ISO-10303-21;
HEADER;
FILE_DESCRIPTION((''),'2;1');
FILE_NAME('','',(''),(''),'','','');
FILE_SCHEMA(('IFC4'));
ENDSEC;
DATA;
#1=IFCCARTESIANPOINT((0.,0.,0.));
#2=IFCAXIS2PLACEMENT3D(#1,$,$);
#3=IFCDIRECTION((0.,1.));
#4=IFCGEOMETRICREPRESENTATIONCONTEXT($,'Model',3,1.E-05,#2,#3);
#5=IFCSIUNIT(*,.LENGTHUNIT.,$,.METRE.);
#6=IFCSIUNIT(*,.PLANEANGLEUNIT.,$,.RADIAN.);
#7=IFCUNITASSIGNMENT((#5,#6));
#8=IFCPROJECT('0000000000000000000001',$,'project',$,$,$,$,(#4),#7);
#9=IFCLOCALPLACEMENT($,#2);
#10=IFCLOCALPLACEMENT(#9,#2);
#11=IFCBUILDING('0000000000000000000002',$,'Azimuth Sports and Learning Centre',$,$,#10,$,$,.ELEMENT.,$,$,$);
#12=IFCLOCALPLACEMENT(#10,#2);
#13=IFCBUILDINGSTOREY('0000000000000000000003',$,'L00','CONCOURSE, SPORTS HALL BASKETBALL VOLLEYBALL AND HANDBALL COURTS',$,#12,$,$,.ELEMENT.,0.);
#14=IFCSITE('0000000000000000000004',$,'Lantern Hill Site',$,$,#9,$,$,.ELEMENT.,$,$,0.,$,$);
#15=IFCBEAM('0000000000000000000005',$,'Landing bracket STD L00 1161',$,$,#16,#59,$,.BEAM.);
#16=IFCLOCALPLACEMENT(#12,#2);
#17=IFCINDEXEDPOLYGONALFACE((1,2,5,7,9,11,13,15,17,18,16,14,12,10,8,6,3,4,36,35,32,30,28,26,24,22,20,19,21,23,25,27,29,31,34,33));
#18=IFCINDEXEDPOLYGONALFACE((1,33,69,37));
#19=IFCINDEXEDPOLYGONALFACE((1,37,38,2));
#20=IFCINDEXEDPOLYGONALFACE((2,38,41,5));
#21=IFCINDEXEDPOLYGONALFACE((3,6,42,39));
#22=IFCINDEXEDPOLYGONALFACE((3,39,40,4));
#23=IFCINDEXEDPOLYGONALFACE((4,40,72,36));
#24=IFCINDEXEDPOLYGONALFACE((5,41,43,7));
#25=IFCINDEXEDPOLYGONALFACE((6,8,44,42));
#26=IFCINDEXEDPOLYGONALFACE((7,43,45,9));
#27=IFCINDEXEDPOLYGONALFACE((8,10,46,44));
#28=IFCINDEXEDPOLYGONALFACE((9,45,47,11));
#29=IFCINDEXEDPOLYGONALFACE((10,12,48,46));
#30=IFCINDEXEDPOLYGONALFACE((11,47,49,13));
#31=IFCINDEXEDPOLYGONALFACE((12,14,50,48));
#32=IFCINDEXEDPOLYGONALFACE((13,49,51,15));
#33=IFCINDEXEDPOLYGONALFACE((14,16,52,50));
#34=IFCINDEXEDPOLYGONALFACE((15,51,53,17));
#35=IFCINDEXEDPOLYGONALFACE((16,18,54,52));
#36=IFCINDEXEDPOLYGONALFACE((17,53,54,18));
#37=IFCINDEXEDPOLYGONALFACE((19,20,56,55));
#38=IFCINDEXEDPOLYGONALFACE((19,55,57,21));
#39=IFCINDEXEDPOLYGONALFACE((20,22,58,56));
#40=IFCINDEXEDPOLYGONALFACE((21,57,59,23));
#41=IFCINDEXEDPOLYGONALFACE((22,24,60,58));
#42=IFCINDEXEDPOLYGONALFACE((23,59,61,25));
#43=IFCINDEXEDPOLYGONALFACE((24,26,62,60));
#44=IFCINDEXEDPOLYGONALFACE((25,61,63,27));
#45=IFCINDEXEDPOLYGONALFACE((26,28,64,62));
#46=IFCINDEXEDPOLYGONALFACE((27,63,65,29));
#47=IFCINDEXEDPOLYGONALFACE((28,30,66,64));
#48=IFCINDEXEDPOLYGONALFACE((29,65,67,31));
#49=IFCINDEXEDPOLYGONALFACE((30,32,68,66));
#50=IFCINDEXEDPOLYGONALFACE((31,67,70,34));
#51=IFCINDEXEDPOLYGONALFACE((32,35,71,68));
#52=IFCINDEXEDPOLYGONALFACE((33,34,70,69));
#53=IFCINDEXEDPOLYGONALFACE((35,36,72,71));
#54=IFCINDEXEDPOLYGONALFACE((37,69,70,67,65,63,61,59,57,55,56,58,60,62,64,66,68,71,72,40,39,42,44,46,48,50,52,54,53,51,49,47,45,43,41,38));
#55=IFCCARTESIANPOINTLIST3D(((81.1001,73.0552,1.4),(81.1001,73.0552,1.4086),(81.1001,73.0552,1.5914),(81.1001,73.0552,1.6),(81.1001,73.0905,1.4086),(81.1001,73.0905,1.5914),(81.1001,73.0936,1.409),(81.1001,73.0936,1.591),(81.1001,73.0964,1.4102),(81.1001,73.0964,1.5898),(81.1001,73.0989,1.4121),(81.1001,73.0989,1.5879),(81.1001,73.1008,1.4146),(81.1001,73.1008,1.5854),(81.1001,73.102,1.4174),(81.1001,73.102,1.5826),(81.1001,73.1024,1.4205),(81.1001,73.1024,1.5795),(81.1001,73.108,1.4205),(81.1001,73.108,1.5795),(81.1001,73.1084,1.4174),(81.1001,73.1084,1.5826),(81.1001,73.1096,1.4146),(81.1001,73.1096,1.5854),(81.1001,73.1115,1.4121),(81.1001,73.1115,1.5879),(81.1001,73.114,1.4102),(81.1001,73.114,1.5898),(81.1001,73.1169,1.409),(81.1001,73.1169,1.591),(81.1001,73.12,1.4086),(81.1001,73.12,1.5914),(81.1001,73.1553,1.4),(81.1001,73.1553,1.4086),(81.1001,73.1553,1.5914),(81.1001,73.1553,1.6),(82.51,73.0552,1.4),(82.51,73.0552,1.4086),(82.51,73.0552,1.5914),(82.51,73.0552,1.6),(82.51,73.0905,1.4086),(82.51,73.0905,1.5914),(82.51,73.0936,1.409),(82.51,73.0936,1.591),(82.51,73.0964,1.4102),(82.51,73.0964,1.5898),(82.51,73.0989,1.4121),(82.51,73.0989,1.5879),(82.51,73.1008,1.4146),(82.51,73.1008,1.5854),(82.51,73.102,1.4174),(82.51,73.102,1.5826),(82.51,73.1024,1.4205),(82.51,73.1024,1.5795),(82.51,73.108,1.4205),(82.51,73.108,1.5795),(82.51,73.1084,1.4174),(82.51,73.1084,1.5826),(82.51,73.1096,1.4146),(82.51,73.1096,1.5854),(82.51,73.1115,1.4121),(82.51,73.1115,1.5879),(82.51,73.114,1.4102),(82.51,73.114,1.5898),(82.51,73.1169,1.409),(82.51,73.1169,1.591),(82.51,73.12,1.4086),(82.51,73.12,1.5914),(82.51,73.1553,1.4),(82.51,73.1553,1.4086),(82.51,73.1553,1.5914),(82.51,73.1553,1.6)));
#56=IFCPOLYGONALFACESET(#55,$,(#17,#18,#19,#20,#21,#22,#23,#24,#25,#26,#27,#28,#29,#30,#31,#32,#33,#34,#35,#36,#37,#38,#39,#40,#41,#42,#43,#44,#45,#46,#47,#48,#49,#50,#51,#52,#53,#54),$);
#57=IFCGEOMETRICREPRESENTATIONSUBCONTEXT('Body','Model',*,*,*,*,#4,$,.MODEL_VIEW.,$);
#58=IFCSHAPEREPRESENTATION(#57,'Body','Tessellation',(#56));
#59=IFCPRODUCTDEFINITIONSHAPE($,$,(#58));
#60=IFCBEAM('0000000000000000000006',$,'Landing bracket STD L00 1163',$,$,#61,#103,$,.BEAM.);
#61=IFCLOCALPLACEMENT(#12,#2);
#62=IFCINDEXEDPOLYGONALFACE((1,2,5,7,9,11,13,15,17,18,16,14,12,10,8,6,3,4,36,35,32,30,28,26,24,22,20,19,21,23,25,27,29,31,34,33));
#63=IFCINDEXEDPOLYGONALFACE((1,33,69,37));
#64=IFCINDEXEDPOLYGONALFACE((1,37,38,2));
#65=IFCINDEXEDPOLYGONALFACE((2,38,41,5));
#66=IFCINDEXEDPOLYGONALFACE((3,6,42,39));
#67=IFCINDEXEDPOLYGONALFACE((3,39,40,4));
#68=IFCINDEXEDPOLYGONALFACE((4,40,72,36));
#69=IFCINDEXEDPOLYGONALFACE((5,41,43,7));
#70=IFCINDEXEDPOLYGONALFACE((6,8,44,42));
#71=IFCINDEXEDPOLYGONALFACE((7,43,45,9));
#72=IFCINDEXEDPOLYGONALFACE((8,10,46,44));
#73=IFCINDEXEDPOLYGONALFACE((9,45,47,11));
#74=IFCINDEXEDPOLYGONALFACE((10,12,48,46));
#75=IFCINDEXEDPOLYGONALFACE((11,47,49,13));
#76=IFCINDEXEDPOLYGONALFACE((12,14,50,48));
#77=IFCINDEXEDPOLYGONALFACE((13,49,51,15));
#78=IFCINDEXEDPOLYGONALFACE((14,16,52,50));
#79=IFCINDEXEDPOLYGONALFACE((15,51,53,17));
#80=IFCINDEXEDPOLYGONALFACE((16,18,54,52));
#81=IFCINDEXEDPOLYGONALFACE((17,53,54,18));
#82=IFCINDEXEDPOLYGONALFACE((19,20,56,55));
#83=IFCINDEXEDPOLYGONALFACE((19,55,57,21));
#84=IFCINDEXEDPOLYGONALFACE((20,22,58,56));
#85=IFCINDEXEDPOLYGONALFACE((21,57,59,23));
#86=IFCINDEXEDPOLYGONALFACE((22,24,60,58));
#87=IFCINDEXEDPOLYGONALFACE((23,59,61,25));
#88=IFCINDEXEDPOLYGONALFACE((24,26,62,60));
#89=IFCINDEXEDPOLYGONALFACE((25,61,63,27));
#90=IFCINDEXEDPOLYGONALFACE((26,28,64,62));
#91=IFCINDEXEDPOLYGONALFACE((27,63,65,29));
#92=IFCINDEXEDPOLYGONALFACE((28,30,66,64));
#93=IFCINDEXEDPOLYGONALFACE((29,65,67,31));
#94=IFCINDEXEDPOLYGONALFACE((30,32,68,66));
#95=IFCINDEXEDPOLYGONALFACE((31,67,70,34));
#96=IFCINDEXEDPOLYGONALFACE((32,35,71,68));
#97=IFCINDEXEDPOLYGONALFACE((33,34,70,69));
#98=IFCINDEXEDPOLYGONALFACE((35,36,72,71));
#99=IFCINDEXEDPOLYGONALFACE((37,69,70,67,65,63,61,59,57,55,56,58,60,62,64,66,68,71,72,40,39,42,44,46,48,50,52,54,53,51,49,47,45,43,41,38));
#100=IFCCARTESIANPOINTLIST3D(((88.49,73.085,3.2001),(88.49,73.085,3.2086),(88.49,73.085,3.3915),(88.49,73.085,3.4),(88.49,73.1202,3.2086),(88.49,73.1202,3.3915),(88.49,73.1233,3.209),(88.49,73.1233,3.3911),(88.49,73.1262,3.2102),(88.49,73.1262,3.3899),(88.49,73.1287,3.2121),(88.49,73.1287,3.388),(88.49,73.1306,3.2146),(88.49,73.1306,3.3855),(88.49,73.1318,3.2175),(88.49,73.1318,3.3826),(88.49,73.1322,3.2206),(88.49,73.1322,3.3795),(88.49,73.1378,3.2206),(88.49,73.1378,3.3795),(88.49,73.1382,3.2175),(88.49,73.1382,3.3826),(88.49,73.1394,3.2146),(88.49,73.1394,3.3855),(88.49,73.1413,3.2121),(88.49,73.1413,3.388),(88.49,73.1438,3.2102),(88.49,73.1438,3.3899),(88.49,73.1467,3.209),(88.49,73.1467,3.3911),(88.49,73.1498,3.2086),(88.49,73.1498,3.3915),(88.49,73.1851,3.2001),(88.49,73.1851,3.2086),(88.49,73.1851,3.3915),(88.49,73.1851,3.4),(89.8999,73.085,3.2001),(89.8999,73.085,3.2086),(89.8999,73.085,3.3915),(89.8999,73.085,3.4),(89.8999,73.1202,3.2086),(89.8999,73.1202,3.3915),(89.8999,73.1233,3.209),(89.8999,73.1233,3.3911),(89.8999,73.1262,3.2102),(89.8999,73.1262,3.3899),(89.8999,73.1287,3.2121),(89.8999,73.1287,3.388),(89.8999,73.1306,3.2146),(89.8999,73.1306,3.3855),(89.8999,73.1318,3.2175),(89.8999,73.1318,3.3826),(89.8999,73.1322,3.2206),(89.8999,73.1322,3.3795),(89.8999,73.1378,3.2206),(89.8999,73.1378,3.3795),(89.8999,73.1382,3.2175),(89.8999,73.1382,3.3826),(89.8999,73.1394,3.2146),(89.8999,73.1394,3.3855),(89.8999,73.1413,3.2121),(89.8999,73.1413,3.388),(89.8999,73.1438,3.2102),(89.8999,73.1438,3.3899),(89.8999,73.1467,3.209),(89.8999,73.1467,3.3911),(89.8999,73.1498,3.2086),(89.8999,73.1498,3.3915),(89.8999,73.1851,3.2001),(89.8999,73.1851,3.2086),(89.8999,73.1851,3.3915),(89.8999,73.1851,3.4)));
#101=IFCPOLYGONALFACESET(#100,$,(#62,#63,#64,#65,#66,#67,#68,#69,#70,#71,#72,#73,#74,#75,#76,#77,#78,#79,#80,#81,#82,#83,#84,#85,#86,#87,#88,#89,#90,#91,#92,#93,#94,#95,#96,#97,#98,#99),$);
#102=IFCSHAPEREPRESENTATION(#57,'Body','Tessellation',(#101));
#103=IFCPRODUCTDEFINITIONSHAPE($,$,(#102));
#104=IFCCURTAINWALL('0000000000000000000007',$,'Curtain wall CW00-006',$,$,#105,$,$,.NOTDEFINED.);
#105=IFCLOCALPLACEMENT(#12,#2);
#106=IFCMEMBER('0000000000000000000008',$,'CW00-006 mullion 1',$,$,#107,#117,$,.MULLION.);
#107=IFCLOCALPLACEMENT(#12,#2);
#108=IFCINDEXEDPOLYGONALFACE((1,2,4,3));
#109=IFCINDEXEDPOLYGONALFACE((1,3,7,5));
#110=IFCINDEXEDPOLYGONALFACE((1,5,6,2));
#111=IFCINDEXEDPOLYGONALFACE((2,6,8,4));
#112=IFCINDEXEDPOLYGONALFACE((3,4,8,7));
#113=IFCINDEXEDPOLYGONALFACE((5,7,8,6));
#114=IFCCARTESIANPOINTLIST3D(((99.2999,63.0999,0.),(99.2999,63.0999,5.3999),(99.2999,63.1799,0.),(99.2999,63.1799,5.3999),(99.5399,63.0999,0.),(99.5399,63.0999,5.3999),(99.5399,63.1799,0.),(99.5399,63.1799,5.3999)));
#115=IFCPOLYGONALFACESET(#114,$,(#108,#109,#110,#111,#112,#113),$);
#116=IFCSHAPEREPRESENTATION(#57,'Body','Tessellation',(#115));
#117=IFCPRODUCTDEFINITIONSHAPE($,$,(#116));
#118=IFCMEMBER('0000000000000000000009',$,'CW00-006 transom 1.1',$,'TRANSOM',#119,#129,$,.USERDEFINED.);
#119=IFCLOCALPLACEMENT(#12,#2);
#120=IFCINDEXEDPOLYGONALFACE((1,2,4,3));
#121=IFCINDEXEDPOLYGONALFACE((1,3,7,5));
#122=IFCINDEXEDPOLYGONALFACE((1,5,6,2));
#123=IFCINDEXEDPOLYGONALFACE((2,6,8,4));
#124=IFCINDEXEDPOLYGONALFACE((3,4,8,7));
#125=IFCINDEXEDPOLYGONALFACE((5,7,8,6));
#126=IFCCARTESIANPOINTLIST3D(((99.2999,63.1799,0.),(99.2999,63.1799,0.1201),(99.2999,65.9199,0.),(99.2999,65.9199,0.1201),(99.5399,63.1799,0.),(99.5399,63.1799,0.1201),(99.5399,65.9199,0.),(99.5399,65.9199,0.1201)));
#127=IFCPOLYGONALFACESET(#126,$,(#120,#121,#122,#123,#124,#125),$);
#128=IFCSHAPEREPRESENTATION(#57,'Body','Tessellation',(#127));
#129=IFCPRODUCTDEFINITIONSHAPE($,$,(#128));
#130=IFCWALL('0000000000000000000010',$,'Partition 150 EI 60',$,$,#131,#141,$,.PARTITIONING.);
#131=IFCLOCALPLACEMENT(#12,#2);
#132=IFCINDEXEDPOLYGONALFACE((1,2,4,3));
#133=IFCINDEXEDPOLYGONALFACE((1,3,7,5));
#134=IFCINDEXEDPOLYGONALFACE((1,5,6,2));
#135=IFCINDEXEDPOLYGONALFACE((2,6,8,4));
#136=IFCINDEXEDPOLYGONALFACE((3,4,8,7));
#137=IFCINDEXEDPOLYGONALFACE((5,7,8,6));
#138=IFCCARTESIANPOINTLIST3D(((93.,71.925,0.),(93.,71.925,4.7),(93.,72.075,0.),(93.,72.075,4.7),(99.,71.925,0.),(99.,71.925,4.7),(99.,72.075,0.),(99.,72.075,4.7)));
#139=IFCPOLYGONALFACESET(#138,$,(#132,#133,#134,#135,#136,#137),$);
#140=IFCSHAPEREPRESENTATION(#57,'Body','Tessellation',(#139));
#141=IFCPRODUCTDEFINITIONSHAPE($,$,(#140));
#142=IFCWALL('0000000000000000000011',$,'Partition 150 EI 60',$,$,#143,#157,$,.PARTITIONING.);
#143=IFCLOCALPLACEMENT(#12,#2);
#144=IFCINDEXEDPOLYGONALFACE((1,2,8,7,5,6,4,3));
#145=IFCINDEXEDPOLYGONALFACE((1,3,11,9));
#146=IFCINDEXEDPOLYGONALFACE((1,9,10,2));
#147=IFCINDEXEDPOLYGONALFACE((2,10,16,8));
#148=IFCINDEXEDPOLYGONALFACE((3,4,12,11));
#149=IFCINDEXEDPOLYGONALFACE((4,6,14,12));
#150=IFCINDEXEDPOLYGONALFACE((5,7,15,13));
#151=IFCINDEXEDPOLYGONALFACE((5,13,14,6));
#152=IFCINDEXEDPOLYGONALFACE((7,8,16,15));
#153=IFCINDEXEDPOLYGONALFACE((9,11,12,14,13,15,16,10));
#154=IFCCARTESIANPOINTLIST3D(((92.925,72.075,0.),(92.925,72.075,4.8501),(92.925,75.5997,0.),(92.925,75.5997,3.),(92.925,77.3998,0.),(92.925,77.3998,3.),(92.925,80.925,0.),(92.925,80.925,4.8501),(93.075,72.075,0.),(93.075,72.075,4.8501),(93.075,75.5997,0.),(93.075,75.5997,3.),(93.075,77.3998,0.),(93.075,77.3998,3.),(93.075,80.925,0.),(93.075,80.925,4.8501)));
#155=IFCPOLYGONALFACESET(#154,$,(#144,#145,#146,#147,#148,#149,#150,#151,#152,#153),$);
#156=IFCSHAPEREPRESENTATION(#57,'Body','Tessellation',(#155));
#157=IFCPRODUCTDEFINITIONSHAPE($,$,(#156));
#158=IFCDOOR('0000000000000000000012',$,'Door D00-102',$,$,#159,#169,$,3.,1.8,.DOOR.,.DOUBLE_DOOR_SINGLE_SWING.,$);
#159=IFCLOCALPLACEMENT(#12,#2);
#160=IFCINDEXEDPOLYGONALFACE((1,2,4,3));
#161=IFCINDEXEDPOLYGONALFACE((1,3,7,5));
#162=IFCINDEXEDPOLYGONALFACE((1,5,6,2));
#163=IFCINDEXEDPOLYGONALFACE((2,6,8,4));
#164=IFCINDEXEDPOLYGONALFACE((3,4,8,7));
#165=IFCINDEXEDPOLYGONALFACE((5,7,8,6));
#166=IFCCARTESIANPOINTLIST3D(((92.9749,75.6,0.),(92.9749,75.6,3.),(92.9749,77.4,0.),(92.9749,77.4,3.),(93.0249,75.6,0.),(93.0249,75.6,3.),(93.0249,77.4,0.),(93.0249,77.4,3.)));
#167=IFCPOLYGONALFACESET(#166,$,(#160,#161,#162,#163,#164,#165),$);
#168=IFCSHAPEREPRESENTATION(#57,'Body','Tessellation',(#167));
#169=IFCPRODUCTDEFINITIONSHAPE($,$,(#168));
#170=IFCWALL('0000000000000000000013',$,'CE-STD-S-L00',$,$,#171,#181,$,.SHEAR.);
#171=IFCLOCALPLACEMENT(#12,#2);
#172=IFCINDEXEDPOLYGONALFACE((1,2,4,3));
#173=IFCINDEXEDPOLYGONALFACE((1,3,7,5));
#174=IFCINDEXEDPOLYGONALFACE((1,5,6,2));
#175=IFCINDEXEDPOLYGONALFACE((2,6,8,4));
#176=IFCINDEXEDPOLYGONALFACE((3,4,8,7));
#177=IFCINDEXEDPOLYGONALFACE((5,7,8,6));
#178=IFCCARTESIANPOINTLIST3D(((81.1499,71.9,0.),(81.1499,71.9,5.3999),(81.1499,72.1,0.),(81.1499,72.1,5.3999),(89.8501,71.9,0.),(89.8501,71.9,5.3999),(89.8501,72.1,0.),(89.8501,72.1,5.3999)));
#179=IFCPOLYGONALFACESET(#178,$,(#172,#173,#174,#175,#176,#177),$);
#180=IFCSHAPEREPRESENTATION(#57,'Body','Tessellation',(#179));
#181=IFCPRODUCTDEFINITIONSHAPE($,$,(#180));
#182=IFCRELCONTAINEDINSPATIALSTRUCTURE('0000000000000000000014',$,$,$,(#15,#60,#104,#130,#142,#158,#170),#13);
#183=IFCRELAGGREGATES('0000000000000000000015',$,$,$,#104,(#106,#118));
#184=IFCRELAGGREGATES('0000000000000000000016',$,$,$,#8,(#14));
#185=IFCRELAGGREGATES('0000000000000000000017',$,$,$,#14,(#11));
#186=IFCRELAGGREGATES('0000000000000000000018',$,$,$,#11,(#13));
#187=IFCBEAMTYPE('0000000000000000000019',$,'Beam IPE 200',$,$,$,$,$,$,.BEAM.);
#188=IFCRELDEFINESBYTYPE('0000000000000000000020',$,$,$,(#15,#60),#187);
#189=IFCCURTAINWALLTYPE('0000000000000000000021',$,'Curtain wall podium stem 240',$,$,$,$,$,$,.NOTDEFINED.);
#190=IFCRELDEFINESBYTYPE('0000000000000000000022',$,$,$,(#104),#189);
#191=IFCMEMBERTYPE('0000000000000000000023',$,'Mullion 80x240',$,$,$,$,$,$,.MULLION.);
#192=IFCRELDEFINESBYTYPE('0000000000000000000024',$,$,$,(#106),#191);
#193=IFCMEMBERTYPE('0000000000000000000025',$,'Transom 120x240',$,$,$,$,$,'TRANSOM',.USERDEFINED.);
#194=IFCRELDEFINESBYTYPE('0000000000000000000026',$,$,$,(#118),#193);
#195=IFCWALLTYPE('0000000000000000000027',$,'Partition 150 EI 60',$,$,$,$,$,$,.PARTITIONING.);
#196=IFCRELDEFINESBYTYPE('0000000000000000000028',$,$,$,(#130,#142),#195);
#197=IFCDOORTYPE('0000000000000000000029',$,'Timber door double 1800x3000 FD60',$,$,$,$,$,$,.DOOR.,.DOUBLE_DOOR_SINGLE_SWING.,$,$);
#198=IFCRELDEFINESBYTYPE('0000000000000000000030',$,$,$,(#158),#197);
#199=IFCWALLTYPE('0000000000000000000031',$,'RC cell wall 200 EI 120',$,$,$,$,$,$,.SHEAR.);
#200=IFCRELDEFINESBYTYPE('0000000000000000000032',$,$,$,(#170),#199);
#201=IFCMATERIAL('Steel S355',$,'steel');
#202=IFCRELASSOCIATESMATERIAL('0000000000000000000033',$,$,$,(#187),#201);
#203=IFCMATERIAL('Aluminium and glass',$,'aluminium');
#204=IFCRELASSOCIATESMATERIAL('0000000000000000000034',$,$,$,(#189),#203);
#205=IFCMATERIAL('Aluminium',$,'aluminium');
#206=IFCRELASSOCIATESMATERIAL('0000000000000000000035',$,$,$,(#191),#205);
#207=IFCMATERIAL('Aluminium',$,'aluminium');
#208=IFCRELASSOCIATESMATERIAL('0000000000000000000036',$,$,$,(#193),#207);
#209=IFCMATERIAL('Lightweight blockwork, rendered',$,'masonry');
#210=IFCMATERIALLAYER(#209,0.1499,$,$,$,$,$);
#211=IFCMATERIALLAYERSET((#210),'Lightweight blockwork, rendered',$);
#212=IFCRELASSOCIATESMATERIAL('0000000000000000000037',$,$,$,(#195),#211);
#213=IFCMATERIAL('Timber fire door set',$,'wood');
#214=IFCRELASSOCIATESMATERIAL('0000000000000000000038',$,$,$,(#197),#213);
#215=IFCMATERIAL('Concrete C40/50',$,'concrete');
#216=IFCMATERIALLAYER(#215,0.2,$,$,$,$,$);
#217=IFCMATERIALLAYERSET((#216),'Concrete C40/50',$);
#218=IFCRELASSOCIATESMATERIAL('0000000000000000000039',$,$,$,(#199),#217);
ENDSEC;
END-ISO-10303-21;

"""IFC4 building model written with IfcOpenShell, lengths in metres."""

from ifc_helpers import new_model, si_unit, direction, frame, frame_2d, origin, origin_2d, place, context, subcontext, project, spatial, rectangle, i_section, extrude, material, layer, layer_set, material_profile, profile_set, type_object, element, fill, aggregate, save


model = new_model("IFC4")

# Units and contexts
model_context = context("Model", 3, precision=1e-05, world=origin(), true_north=direction((0.0, 1.0)))
body_context = subcontext(model_context, "Body", "Model", "MODEL_VIEW")
ifc_project = project(units=[si_unit("LENGTHUNIT", "METRE"), si_unit("PLANEANGLEUNIT", "RADIAN")], contexts=[model_context])

# Site, building, storey
site_placement = place(None, origin())
site = spatial("IfcSite", under=ifc_project, at=site_placement, Name="Lantern Hill Site", CompositionType="ELEMENT", RefElevation=0.0)
building_placement = place(site_placement, origin())
building = spatial("IfcBuilding", under=site, at=building_placement, Name="Azimuth Sports and Learning Centre", CompositionType="ELEMENT")
storey_placement = place(building_placement, origin())
storey = spatial("IfcBuildingStorey", under=building, at=storey_placement, Name="L00", Description="CONCOURSE, SPORTS HALL BASKETBALL VOLLEYBALL AND HANDBALL COURTS", CompositionType="ELEMENT", Elevation=0.0)

# Beams
ifc_material_1 = material(Name="Steel S355", Category="steel")
ifc_material_profile_1 = material_profile(ifc_material_1, i_section(OverallWidth=0.1001, OverallDepth=0.2, WebThickness=0.0056, FlangeThickness=0.0085, FilletRadius=0.012, at=origin_2d()), Name="IPE 200")
ifc_profile_set_1 = profile_set([ifc_material_profile_1], Name="Steel S355")
beam_type = type_object("IfcBeamType", Name="Beam IPE 200", PredefinedType="BEAM", material=ifc_profile_set_1)
for number, where, z_axis, x_axis, name in (
    (1, (81.1001, 73.1052, 1.5), (1.0, 0.0, 0.0), (0.0, 1.0, 0.0), "Landing bracket STD L00 1161"),
    (2, (89.8999, 73.135, 3.3), (-1.0, 0.0, 0.0), (0.0, -1.0, 0.0), "Landing bracket STD L00 1163"),
):
    element("IfcBeam", number, at=place(storey_placement, frame(where, z_axis=z_axis, x_axis=x_axis)), inside=storey, type_object=beam_type, Name=name, PredefinedType="BEAM", context=body_context, shape_type="SweptSolid", body=[
        extrude(i_section(OverallWidth=0.1001, OverallDepth=0.2, WebThickness=0.0056, FlangeThickness=0.0085, FilletRadius=0.012, at=origin_2d()), origin(), (0.0, 0.0, 1.0), 1.4099),
    ])

# Curtain wall, members
ifc_material_2 = material(Name="Aluminium and glass", Category="aluminium")
curtain_wall_type = type_object("IfcCurtainWallType", Name="Curtain wall podium stem 240", PredefinedType="NOTDEFINED", material=ifc_material_2)
curtain_wall_placement = place(storey_placement, origin())
curtain_wall = element("IfcCurtainWall", 3, at=curtain_wall_placement, inside=storey, type_object=curtain_wall_type, Name="Curtain wall CW00-006", PredefinedType="NOTDEFINED")
ifc_material_3 = material(Name="Aluminium", Category="aluminium")
ifc_material_profile_2 = material_profile(ifc_material_3, rectangle(XDim=0.24, YDim=0.0801, at=origin_2d()), Name="Mullion 80x240")
ifc_profile_set_2 = profile_set([ifc_material_profile_2], Name="Aluminium")
member_type_1 = type_object("IfcMemberType", Name="Mullion 80x240", PredefinedType="MULLION", material=ifc_profile_set_2)
member_1_placement = place(storey_placement, frame((99.4199, 63.1399, 0.0), z_axis=(0.0, 0.0, 1.0), x_axis=(-1.0, 0.0, 0.0)))
member_1 = element("IfcMember", 4, at=member_1_placement, type_object=member_type_1, Name="CW00-006 mullion 1", PredefinedType="MULLION", context=body_context, shape_type="SweptSolid", body=[
    extrude(rectangle(XDim=0.24, YDim=0.0801, at=origin_2d()), origin(), (0.0, 0.0, 1.0), 5.3999),
])
ifc_material_4 = material(Name="Aluminium", Category="aluminium")
ifc_material_profile_3 = material_profile(ifc_material_4, rectangle(XDim=0.24, YDim=0.1201, at=origin_2d()), Name="Transom 120x240")
ifc_profile_set_3 = profile_set([ifc_material_profile_3], Name="Aluminium")
member_type_2 = type_object("IfcMemberType", Name="Transom 120x240", ElementType="TRANSOM", PredefinedType="USERDEFINED", material=ifc_profile_set_3)
member_2_placement = place(storey_placement, frame((99.4199, 63.1799, 0.0601), z_axis=(0.0, 1.0, 0.0), x_axis=(-1.0, 0.0, 0.0)))
member_2 = element("IfcMember", 5, at=member_2_placement, type_object=member_type_2, Name="CW00-006 transom 1.1", ObjectType="TRANSOM", PredefinedType="USERDEFINED", context=body_context, shape_type="SweptSolid", body=[
    extrude(rectangle(XDim=0.24, YDim=0.1201, at=origin_2d()), origin(), (0.0, 0.0, 1.0), 2.74),
])
aggregate(curtain_wall, [member_1, member_2])

# Wall
ifc_material_5 = material(Name="Lightweight blockwork, rendered", Category="masonry")
ifc_layer_1 = layer(ifc_material_5, 0.1499)
ifc_layer_set_1 = layer_set([ifc_layer_1], Name="Lightweight blockwork, rendered")
wall_type_1 = type_object("IfcWallType", Name="Partition 150 EI 60", PredefinedType="PARTITIONING", material=ifc_layer_set_1)
wall_1_placement = place(storey_placement, frame((93.0, 72.0, 0.0), z_axis=(0.0, 0.0, 1.0), x_axis=(1.0, 0.0, 0.0)))
element("IfcWall", 6, at=wall_1_placement, inside=storey, type_object=wall_type_1, Name="Partition 150 EI 60", PredefinedType="PARTITIONING", context=body_context, shape_type="SweptSolid", body=[
    extrude(rectangle(XDim=6.0, YDim=0.1499, at=frame_2d((3.0, 0.0))), origin(), (0.0, 0.0, 1.0), 4.7),
])

# Wall, opening, door
wall_2_placement = place(storey_placement, frame((93.0, 72.075, 0.0), z_axis=(0.0, 0.0, 1.0), x_axis=(0.0, 1.0, 0.0)))
wall_2 = element("IfcWall", 7, at=wall_2_placement, inside=storey, type_object=wall_type_1, Name="Partition 150 EI 60", PredefinedType="PARTITIONING", context=body_context, shape_type="SweptSolid", body=[
    extrude(rectangle(XDim=8.8501, YDim=0.1499, at=frame_2d((4.425, 0.0))), origin(), (0.0, 0.0, 1.0), 4.8501),
])
opening_1_placement = place(wall_2_placement, frame((3.5249, 0.0, 0.0)))
opening_1 = element("IfcOpeningElement", 8, at=opening_1_placement, cuts=wall_2, PredefinedType="OPENING", context=body_context, shape_type="SweptSolid", body=[
    extrude(rectangle(XDim=1.8, YDim=3.0, at=frame_2d((0.8999, 1.5))), frame((0.0, 0.0859, 0.0), z_axis=(0.0, -1.0, 0.0), x_axis=(1.0, 0.0, 0.0)), (0.0, 0.0, 1.0), 0.1719),
])
ifc_material_6 = material(Name="Timber fire door set", Category="wood")
door_type_1 = type_object("IfcDoorType", Name="Timber door double 1800x3000 FD60", OperationType="DOUBLE_DOOR_SINGLE_SWING", PredefinedType="DOOR", material=ifc_material_6)
door_1_placement = place(opening_1_placement, frame((1.8, 0.0, 0.0), z_axis=(0.0, 0.0, 1.0), x_axis=(-1.0, 0.0, 0.0)))
door_1 = element("IfcDoor", 9, at=door_1_placement, inside=storey, type_object=door_type_1, Name="Door D00-102", OperationType="DOUBLE_DOOR_SINGLE_SWING", OverallHeight=3.0, OverallWidth=1.8, PredefinedType="DOOR", context=body_context, shape_type="SweptSolid", body=[
    extrude(rectangle(XDim=1.8, YDim=3.0, at=frame_2d((0.8999, 1.5))), frame((0.0, 0.0249, 0.0), z_axis=(0.0, -1.0, 0.0), x_axis=(1.0, 0.0, 0.0)), (0.0, 0.0, 1.0), 0.05),
])
fill(opening_1, door_1)

# Wall
ifc_material_7 = material(Name="Concrete C40/50", Category="concrete")
ifc_layer_2 = layer(ifc_material_7, 0.2)
ifc_layer_set_2 = layer_set([ifc_layer_2], Name="Concrete C40/50")
wall_type_2 = type_object("IfcWallType", Name="RC cell wall 200 EI 120", PredefinedType="SHEAR", material=ifc_layer_set_2)
wall_3_placement = place(storey_placement, frame((81.1499, 72.0, 0.0), z_axis=(0.0, 0.0, 1.0), x_axis=(1.0, 0.0, 0.0)))
element("IfcWall", 10, at=wall_3_placement, inside=storey, type_object=wall_type_2, Name="CE-STD-S-L00", PredefinedType="SHEAR", context=body_context, shape_type="SweptSolid", body=[
    extrude(rectangle(XDim=8.7002, YDim=0.2, at=frame_2d((4.3501, 0.0))), origin(), (0.0, 0.0, 1.0), 5.3999),
])

save(model, "model.ifc")
